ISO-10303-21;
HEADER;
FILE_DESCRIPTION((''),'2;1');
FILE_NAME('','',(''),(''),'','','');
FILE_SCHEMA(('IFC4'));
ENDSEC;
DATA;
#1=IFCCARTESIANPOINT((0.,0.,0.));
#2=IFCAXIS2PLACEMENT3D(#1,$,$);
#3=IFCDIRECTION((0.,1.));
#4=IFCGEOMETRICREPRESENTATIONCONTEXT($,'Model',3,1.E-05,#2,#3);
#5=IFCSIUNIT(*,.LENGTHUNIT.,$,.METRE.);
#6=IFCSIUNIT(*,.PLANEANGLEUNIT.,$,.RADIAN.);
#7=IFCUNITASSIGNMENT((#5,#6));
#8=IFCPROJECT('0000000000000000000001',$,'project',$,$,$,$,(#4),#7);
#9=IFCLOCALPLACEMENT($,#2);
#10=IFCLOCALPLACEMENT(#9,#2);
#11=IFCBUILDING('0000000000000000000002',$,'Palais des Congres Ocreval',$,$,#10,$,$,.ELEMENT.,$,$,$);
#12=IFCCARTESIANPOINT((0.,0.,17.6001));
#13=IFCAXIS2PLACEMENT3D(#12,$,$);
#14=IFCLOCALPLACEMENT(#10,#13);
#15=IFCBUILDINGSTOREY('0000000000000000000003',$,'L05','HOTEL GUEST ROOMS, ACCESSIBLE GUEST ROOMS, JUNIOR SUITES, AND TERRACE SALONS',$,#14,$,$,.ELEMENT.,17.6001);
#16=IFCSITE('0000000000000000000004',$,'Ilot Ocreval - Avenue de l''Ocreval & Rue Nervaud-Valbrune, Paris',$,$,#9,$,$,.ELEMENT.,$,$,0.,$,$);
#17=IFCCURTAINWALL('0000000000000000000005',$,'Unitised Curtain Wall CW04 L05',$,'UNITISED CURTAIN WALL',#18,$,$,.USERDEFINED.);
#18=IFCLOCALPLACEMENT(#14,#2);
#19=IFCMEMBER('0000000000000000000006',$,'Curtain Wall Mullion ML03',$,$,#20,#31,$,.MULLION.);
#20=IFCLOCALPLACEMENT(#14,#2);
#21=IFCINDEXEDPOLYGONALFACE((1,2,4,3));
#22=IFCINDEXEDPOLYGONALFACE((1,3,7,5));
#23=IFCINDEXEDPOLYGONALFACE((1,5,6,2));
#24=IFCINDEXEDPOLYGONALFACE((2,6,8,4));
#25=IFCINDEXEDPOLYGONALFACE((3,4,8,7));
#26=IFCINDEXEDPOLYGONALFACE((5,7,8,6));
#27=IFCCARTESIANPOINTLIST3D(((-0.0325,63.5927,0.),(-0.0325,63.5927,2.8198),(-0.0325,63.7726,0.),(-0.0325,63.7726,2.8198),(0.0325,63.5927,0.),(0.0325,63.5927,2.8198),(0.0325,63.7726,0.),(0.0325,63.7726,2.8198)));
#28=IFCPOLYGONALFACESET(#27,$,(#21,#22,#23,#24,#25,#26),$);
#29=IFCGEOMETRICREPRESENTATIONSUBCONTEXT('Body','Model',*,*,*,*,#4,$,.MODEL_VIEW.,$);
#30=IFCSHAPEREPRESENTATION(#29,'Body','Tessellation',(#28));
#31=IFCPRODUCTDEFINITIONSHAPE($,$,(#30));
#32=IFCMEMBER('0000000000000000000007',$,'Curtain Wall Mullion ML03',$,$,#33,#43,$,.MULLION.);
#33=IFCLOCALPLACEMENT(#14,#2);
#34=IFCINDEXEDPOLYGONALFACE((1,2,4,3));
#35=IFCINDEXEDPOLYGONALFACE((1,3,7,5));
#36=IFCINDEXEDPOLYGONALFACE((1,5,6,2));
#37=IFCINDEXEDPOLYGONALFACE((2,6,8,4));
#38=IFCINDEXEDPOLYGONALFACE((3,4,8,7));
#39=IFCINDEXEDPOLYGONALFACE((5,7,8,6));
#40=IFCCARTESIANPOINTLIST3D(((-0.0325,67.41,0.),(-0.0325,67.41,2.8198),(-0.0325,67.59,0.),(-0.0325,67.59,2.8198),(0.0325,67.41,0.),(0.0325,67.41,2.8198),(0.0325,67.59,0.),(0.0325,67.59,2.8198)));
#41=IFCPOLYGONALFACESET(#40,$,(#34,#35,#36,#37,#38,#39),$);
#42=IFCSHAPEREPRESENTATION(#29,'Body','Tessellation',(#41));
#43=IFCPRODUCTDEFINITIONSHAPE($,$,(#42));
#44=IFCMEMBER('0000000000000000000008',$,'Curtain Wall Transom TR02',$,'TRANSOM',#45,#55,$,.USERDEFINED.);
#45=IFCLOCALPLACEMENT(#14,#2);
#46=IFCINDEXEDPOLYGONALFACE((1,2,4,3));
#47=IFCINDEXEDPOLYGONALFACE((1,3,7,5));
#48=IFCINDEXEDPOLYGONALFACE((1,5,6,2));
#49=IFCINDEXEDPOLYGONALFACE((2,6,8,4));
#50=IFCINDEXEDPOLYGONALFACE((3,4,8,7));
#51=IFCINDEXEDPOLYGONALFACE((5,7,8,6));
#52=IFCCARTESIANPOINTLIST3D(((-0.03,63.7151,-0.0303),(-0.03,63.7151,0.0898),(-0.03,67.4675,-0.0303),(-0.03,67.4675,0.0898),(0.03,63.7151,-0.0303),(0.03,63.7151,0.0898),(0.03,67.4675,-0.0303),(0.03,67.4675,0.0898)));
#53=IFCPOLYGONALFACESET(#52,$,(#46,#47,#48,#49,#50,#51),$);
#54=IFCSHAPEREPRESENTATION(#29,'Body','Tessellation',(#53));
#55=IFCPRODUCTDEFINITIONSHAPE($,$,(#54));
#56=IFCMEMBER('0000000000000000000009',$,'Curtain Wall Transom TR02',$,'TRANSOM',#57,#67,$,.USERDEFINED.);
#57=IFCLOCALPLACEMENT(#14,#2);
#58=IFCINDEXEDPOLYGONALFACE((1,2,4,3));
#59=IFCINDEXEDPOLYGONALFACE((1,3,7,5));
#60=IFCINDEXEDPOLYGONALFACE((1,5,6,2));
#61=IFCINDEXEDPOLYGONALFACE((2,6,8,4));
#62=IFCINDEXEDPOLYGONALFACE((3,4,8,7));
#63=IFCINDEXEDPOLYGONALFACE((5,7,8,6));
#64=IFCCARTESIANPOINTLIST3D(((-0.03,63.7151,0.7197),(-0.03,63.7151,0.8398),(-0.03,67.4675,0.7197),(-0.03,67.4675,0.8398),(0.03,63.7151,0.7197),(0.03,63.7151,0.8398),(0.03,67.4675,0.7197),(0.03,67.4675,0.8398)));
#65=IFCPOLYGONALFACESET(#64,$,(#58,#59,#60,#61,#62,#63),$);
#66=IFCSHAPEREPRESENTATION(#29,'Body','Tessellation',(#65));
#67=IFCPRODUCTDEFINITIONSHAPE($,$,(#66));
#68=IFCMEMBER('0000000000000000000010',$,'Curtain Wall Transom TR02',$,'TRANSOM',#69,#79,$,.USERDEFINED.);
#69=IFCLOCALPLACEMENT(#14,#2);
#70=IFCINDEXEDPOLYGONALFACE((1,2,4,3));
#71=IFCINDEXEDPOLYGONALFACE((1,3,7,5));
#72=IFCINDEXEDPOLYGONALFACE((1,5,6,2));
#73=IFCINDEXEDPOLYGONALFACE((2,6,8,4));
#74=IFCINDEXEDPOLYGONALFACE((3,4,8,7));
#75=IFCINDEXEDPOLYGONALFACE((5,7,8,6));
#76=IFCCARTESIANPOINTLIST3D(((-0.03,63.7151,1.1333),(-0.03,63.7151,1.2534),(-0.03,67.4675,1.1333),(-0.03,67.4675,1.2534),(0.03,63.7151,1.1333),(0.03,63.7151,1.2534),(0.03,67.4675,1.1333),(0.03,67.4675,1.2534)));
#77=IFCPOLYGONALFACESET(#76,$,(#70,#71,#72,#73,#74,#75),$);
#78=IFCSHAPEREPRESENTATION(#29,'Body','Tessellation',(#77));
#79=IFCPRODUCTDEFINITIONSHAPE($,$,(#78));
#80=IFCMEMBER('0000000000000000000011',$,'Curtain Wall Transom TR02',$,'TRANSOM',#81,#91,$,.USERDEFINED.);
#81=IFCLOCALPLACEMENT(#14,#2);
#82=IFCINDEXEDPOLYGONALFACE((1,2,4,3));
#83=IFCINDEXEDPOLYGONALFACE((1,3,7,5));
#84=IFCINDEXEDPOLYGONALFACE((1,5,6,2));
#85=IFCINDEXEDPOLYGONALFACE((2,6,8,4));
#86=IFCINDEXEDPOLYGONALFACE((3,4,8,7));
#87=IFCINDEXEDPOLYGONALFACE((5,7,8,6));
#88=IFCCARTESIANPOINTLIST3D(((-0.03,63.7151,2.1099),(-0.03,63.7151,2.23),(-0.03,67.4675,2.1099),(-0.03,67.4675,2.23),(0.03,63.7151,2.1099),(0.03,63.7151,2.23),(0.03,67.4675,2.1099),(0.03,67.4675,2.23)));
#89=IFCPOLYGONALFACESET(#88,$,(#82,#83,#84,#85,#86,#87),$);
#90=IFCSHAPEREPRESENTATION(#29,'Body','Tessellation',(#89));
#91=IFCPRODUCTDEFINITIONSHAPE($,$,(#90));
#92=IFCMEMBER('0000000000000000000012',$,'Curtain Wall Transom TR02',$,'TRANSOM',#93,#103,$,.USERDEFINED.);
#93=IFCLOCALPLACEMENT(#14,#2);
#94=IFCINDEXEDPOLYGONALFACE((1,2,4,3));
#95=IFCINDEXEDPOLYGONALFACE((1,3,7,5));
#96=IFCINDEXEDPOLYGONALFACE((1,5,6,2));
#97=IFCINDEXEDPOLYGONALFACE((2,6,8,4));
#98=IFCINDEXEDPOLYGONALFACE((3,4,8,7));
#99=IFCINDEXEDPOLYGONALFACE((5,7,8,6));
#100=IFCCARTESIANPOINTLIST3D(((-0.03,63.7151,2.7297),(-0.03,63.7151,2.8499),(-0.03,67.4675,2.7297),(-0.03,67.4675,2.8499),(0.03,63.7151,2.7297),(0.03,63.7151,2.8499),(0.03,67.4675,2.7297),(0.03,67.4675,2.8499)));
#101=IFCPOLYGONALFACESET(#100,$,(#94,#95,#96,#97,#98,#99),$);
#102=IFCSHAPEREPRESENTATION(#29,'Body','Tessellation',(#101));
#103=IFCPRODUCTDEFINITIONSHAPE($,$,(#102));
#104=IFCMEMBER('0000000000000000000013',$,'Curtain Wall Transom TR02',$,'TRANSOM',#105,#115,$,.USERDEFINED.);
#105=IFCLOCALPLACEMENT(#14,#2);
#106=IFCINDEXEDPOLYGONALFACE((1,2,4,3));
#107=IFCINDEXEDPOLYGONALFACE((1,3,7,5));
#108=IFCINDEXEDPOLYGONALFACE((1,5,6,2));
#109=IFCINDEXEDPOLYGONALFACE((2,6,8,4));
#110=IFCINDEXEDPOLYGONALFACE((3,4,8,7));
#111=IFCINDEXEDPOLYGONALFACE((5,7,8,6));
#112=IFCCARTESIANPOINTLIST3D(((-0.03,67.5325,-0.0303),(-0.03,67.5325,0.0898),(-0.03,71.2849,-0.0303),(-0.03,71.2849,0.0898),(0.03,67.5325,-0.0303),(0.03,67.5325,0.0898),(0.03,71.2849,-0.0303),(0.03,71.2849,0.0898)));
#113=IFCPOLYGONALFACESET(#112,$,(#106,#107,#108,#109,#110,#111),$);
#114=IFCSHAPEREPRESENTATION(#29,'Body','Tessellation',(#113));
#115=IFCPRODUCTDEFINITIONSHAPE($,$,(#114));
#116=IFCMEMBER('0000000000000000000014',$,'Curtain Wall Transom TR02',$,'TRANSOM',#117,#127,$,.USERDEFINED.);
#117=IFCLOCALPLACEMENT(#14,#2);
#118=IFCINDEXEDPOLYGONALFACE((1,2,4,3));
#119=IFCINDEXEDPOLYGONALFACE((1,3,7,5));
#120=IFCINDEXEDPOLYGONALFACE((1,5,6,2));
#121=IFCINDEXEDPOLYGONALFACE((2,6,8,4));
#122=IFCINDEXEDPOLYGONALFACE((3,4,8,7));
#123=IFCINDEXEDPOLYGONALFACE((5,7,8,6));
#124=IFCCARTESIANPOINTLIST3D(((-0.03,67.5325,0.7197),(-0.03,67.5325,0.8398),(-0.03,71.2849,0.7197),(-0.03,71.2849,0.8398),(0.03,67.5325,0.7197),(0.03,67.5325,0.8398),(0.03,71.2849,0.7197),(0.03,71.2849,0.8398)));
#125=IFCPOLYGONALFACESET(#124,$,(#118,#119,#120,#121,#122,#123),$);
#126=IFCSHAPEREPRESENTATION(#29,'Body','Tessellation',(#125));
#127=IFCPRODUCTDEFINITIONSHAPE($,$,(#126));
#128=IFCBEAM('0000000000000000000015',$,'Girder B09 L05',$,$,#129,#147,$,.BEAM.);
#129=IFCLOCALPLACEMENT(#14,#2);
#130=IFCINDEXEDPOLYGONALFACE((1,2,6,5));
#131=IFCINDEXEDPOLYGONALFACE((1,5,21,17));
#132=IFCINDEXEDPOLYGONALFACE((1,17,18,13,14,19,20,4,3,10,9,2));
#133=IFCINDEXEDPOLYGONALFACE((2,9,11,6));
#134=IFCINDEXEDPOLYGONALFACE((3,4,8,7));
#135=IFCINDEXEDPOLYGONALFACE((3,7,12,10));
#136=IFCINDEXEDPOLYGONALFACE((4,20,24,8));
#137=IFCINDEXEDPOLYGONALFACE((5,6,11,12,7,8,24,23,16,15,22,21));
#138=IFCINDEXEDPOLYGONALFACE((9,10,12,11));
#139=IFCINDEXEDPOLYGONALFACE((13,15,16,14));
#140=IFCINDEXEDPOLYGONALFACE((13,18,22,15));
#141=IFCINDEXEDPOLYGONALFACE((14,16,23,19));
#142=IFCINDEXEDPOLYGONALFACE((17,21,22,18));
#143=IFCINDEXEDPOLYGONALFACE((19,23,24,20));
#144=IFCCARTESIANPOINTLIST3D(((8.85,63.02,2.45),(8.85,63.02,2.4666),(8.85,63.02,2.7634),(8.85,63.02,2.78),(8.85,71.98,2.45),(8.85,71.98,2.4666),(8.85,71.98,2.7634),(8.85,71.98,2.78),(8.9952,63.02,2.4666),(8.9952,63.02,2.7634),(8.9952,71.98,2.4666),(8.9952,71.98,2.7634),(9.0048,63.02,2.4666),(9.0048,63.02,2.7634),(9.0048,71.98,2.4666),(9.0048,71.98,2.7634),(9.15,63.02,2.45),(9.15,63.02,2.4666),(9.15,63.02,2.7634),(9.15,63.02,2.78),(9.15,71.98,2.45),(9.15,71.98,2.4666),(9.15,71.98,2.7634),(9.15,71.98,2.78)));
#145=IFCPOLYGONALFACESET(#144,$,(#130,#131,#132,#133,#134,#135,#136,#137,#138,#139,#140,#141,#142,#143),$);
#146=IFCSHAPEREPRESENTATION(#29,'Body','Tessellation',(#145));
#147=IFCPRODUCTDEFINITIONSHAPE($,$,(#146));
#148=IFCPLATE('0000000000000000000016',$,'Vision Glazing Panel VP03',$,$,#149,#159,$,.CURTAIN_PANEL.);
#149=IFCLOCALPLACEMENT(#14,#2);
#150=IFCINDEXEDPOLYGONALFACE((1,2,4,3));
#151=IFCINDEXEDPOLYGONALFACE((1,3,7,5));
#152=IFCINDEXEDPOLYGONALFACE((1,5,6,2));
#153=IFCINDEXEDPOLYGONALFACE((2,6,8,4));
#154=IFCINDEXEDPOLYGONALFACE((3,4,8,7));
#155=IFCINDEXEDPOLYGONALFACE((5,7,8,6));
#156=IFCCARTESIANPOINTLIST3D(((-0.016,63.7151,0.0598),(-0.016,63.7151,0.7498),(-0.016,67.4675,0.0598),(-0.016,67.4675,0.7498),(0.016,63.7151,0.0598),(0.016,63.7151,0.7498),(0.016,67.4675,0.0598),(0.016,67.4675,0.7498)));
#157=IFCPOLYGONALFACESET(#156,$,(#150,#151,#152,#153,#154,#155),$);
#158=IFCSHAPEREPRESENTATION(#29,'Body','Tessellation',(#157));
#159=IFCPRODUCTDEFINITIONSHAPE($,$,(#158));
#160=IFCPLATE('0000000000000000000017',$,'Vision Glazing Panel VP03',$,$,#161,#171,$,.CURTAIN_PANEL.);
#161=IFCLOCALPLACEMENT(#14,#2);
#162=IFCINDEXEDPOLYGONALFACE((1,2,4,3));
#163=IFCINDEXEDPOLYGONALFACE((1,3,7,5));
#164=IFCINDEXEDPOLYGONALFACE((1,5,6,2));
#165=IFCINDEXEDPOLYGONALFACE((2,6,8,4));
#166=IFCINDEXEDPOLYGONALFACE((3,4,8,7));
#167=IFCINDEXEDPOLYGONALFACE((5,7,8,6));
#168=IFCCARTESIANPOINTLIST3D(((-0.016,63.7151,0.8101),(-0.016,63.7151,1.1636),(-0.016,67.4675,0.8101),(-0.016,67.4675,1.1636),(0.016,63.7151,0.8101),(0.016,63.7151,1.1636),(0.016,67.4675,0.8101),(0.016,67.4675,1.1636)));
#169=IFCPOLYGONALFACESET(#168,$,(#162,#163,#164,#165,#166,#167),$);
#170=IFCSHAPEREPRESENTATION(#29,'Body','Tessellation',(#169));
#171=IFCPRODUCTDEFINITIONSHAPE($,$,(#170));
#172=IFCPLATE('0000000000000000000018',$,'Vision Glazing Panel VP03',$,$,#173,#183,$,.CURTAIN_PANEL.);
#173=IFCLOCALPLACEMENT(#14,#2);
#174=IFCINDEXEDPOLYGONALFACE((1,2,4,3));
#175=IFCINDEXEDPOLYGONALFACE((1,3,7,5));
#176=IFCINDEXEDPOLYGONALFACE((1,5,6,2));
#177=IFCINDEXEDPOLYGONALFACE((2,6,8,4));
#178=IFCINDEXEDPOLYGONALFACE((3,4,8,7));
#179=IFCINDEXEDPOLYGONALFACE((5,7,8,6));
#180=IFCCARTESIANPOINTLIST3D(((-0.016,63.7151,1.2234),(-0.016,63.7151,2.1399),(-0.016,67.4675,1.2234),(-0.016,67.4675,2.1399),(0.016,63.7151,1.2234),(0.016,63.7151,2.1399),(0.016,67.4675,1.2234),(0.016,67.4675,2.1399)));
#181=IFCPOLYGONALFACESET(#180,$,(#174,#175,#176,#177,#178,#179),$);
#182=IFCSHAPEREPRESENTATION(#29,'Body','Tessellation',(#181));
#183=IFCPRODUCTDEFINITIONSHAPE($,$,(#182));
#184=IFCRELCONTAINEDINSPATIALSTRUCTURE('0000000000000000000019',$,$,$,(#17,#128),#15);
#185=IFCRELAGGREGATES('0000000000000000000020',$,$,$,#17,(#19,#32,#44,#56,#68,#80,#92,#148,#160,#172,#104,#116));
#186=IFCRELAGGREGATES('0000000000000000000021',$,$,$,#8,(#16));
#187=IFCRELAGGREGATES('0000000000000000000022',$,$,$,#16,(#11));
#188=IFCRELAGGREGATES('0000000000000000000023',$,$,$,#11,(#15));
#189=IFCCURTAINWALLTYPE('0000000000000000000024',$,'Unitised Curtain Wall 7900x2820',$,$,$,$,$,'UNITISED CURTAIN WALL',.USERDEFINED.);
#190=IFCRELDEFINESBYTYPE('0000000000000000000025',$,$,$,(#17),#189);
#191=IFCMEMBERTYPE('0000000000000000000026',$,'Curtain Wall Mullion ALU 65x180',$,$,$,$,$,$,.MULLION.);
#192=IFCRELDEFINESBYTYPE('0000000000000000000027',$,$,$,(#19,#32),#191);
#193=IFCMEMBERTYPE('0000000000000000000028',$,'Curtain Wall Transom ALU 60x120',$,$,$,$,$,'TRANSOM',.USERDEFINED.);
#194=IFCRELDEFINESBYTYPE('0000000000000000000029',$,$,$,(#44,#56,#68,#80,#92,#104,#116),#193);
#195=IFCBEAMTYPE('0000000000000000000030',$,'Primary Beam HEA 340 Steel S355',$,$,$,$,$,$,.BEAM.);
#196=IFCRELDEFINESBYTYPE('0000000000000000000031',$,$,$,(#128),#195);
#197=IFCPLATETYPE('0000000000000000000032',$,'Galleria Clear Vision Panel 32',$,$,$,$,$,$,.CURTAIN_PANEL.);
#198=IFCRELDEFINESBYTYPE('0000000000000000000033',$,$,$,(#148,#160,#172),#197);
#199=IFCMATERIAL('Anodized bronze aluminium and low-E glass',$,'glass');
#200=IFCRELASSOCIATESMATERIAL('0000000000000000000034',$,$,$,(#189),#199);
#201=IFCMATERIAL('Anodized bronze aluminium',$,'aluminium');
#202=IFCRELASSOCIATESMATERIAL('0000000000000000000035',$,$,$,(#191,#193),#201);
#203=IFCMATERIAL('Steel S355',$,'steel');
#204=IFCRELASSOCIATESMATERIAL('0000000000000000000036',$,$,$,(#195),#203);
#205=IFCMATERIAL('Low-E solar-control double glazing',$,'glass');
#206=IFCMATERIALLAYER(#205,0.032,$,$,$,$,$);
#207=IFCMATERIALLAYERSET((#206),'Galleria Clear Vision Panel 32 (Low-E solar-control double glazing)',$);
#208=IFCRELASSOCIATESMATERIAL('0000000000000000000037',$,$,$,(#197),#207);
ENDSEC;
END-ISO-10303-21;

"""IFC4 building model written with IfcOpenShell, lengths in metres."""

from ifc_helpers import new_model, si_unit, direction, frame, origin, origin_2d, place, context, subcontext, project, spatial, rectangle, i_section, extrude, material, layer, layer_set, material_profile, profile_set, type_object, element, aggregate, save


model = new_model("IFC4")

# Units and contexts
model_context = context("Model", 3, precision=1e-05, world=origin(), true_north=direction((0.0, 1.0)))
body_context = subcontext(model_context, "Body", "Model", "MODEL_VIEW")
ifc_project = project(units=[si_unit("LENGTHUNIT", "METRE"), si_unit("PLANEANGLEUNIT", "RADIAN")], contexts=[model_context])

# Site, building, storey
site_placement = place(None, origin())
site = spatial("IfcSite", under=ifc_project, at=site_placement, Name="Ilot Ocreval - Avenue de l'Ocreval & Rue Nervaud-Valbrune, Paris", CompositionType="ELEMENT", RefElevation=0.0)
building_placement = place(site_placement, origin())
building = spatial("IfcBuilding", under=site, at=building_placement, Name="Palais des Congres Ocreval", CompositionType="ELEMENT")
storey_placement = place(building_placement, frame((0.0, 0.0, 17.6001)))
storey = spatial("IfcBuildingStorey", under=building, at=storey_placement, Name="L05", Description="HOTEL GUEST ROOMS, ACCESSIBLE GUEST ROOMS, JUNIOR SUITES, AND TERRACE SALONS", CompositionType="ELEMENT", Elevation=17.6001)

# Curtain wall, members
ifc_material_1 = material(Name="Anodized bronze aluminium and low-E glass", Category="glass")
curtain_wall_type = type_object("IfcCurtainWallType", Name="Unitised Curtain Wall 7900x2820", ElementType="UNITISED CURTAIN WALL", PredefinedType="USERDEFINED", material=ifc_material_1)
curtain_wall_placement = place(storey_placement, origin())
curtain_wall = element("IfcCurtainWall", 1, at=curtain_wall_placement, inside=storey, type_object=curtain_wall_type, Name="Unitised Curtain Wall CW04 L05", ObjectType="UNITISED CURTAIN WALL", PredefinedType="USERDEFINED")
ifc_material_2 = material(Name="Anodized bronze aluminium", Category="aluminium")
ifc_material_profile_1 = material_profile(ifc_material_2, rectangle(XDim=0.0649, YDim=0.1799, at=origin_2d()), Name="ALU 65x180")
ifc_profile_set_1 = profile_set([ifc_material_profile_1], Name="Anodized bronze aluminium")
member_type_1 = type_object("IfcMemberType", Name="Curtain Wall Mullion ALU 65x180", PredefinedType="MULLION", material=ifc_profile_set_1)
member_1_placement = place(storey_placement, frame((0.0, 63.6826, 0.0), z_axis=(0.0, 0.0, 1.0), x_axis=(-1.0, 0.0, 0.0)))
member_1 = element("IfcMember", 2, at=member_1_placement, type_object=member_type_1, Name="Curtain Wall Mullion ML03", PredefinedType="MULLION", context=body_context, shape_type="SweptSolid", body=[
    extrude(rectangle(XDim=0.0649, YDim=0.1799, at=origin_2d()), origin(), (0.0, 0.0, 1.0), 2.8198),
])
member_2_placement = place(storey_placement, frame((0.0, 67.5, 0.0), z_axis=(0.0, 0.0, 1.0), x_axis=(-1.0, 0.0, 0.0)))
member_2 = element("IfcMember", 3, at=member_2_placement, type_object=member_type_1, Name="Curtain Wall Mullion ML03", PredefinedType="MULLION", context=body_context, shape_type="SweptSolid", body=[
    extrude(rectangle(XDim=0.0649, YDim=0.1799, at=origin_2d()), origin(), (0.0, 0.0, 1.0), 2.8198),
])
ifc_material_profile_2 = material_profile(ifc_material_2, rectangle(XDim=0.0601, YDim=0.1201, at=origin_2d()), Name="ALU 60x120")
ifc_profile_set_2 = profile_set([ifc_material_profile_2], Name="Anodized bronze aluminium")
member_type_2 = type_object("IfcMemberType", Name="Curtain Wall Transom ALU 60x120", ElementType="TRANSOM", PredefinedType="USERDEFINED", material=ifc_profile_set_2)
member_3_placement = place(storey_placement, frame((0.0, 63.7151, 0.0298), z_axis=(0.0, 1.0, 0.0), x_axis=(-1.0, 0.0, 0.0)))
member_3 = element("IfcMember", 4, at=member_3_placement, type_object=member_type_2, Name="Curtain Wall Transom TR02", ObjectType="TRANSOM", PredefinedType="USERDEFINED", context=body_context, shape_type="SweptSolid", body=[
    extrude(rectangle(XDim=0.0601, YDim=0.1201, at=origin_2d()), origin(), (0.0, 0.0, 1.0), 3.7524),
])
member_4_placement = place(storey_placement, frame((0.0, 63.7151, 0.7798), z_axis=(0.0, 1.0, 0.0), x_axis=(-1.0, 0.0, 0.0)))
member_4 = element("IfcMember", 5, at=member_4_placement, type_object=member_type_2, Name="Curtain Wall Transom TR02", ObjectType="TRANSOM", PredefinedType="USERDEFINED", context=body_context, shape_type="SweptSolid", body=[
    extrude(rectangle(XDim=0.0601, YDim=0.1201, at=origin_2d()), origin(), (0.0, 0.0, 1.0), 3.7524),
])
member_5_placement = place(storey_placement, frame((0.0, 63.7151, 1.1934), z_axis=(0.0, 1.0, 0.0), x_axis=(-1.0, 0.0, 0.0)))
member_5 = element("IfcMember", 6, at=member_5_placement, type_object=member_type_2, Name="Curtain Wall Transom TR02", ObjectType="TRANSOM", PredefinedType="USERDEFINED", context=body_context, shape_type="SweptSolid", body=[
    extrude(rectangle(XDim=0.0601, YDim=0.1201, at=origin_2d()), origin(), (0.0, 0.0, 1.0), 3.7524),
])
member_6_placement = place(storey_placement, frame((0.0, 63.7151, 2.1699), z_axis=(0.0, 1.0, 0.0), x_axis=(-1.0, 0.0, 0.0)))
member_6 = element("IfcMember", 7, at=member_6_placement, type_object=member_type_2, Name="Curtain Wall Transom TR02", ObjectType="TRANSOM", PredefinedType="USERDEFINED", context=body_context, shape_type="SweptSolid", body=[
    extrude(rectangle(XDim=0.0601, YDim=0.1201, at=origin_2d()), origin(), (0.0, 0.0, 1.0), 3.7524),
])
member_7_placement = place(storey_placement, frame((0.0, 63.7151, 2.7898), z_axis=(0.0, 1.0, 0.0), x_axis=(-1.0, 0.0, 0.0)))
member_7 = element("IfcMember", 8, at=member_7_placement, type_object=member_type_2, Name="Curtain Wall Transom TR02", ObjectType="TRANSOM", PredefinedType="USERDEFINED", context=body_context, shape_type="SweptSolid", body=[
    extrude(rectangle(XDim=0.0601, YDim=0.1201, at=origin_2d()), origin(), (0.0, 0.0, 1.0), 3.7524),
])
member_8_placement = place(storey_placement, frame((0.0, 67.5325, 0.0298), z_axis=(0.0, 1.0, 0.0), x_axis=(-1.0, 0.0, 0.0)))
member_8 = element("IfcMember", 9, at=member_8_placement, type_object=member_type_2, Name="Curtain Wall Transom TR02", ObjectType="TRANSOM", PredefinedType="USERDEFINED", context=body_context, shape_type="SweptSolid", body=[
    extrude(rectangle(XDim=0.0601, YDim=0.1201, at=origin_2d()), origin(), (0.0, 0.0, 1.0), 3.7524),
])
member_9_placement = place(storey_placement, frame((0.0, 67.5325, 0.7798), z_axis=(0.0, 1.0, 0.0), x_axis=(-1.0, 0.0, 0.0)))
member_9 = element("IfcMember", 10, at=member_9_placement, type_object=member_type_2, Name="Curtain Wall Transom TR02", ObjectType="TRANSOM", PredefinedType="USERDEFINED", context=body_context, shape_type="SweptSolid", body=[
    extrude(rectangle(XDim=0.0601, YDim=0.1201, at=origin_2d()), origin(), (0.0, 0.0, 1.0), 3.7524),
])

# Beam
ifc_material_3 = material(Name="Steel S355", Category="steel")
ifc_material_profile_3 = material_profile(ifc_material_3, i_section(OverallWidth=0.3, OverallDepth=0.3301, WebThickness=0.0095, FlangeThickness=0.0166, at=origin_2d()), Name="HEA 340")
ifc_profile_set_3 = profile_set([ifc_material_profile_3], Name="Steel S355")
beam_type = type_object("IfcBeamType", Name="Primary Beam HEA 340 Steel S355", PredefinedType="BEAM", material=ifc_profile_set_3)
beam_placement = place(storey_placement, frame((9.0, 63.02, 2.615), z_axis=(0.0, 1.0, 0.0), x_axis=(-1.0, 0.0, 0.0)))
element("IfcBeam", 11, at=beam_placement, inside=storey, type_object=beam_type, Name="Girder B09 L05", PredefinedType="BEAM", context=body_context, shape_type="SweptSolid", body=[
    extrude(i_section(OverallWidth=0.3, OverallDepth=0.3301, WebThickness=0.0095, FlangeThickness=0.0166, at=origin_2d()), origin(), (0.0, 0.0, 1.0), 8.96),
])

# Plates
ifc_material_4 = material(Name="Low-E solar-control double glazing", Category="glass")
ifc_layer_1 = layer(ifc_material_4, 0.032)
ifc_layer_set_1 = layer_set([ifc_layer_1], Name="Galleria Clear Vision Panel 32 (Low-E solar-control double glazing)")
plate_type_1 = type_object("IfcPlateType", Name="Galleria Clear Vision Panel 32", PredefinedType="CURTAIN_PANEL", material=ifc_layer_set_1)
plate_1_placement = place(storey_placement, frame((0.0, 65.5913, 0.0598), z_axis=(0.0, 0.0, 1.0), x_axis=(0.0, 1.0, 0.0)))
plate_1 = element("IfcPlate", 12, at=plate_1_placement, type_object=plate_type_1, Name="Vision Glazing Panel VP03", PredefinedType="CURTAIN_PANEL", context=body_context, shape_type="SweptSolid", body=[
    extrude(rectangle(XDim=3.7524, YDim=0.032, at=origin_2d()), origin(), (0.0, 0.0, 1.0), 0.6899),
])
plate_2_placement = place(storey_placement, frame((0.0, 65.5913, 0.8101), z_axis=(0.0, 0.0, 1.0), x_axis=(0.0, 1.0, 0.0)))
plate_2 = element("IfcPlate", 13, at=plate_2_placement, type_object=plate_type_1, Name="Vision Glazing Panel VP03", PredefinedType="CURTAIN_PANEL", context=body_context, shape_type="SweptSolid", body=[
    extrude(rectangle(XDim=3.7524, YDim=0.032, at=origin_2d()), origin(), (0.0, 0.0, 1.0), 0.3535),
])
plate_3_placement = place(storey_placement, frame((0.0, 65.5913, 1.2234), z_axis=(0.0, 0.0, 1.0), x_axis=(0.0, 1.0, 0.0)))
plate_3 = element("IfcPlate", 14, at=plate_3_placement, type_object=plate_type_1, Name="Vision Glazing Panel VP03", PredefinedType="CURTAIN_PANEL", context=body_context, shape_type="SweptSolid", body=[
    extrude(rectangle(XDim=3.7524, YDim=0.032, at=origin_2d()), origin(), (0.0, 0.0, 1.0), 0.9165),
])
aggregate(curtain_wall, [member_1, member_2, member_3, member_4, member_5, member_6, member_7, plate_1, plate_2, plate_3, member_8, member_9])

save(model, "model.ifc")
